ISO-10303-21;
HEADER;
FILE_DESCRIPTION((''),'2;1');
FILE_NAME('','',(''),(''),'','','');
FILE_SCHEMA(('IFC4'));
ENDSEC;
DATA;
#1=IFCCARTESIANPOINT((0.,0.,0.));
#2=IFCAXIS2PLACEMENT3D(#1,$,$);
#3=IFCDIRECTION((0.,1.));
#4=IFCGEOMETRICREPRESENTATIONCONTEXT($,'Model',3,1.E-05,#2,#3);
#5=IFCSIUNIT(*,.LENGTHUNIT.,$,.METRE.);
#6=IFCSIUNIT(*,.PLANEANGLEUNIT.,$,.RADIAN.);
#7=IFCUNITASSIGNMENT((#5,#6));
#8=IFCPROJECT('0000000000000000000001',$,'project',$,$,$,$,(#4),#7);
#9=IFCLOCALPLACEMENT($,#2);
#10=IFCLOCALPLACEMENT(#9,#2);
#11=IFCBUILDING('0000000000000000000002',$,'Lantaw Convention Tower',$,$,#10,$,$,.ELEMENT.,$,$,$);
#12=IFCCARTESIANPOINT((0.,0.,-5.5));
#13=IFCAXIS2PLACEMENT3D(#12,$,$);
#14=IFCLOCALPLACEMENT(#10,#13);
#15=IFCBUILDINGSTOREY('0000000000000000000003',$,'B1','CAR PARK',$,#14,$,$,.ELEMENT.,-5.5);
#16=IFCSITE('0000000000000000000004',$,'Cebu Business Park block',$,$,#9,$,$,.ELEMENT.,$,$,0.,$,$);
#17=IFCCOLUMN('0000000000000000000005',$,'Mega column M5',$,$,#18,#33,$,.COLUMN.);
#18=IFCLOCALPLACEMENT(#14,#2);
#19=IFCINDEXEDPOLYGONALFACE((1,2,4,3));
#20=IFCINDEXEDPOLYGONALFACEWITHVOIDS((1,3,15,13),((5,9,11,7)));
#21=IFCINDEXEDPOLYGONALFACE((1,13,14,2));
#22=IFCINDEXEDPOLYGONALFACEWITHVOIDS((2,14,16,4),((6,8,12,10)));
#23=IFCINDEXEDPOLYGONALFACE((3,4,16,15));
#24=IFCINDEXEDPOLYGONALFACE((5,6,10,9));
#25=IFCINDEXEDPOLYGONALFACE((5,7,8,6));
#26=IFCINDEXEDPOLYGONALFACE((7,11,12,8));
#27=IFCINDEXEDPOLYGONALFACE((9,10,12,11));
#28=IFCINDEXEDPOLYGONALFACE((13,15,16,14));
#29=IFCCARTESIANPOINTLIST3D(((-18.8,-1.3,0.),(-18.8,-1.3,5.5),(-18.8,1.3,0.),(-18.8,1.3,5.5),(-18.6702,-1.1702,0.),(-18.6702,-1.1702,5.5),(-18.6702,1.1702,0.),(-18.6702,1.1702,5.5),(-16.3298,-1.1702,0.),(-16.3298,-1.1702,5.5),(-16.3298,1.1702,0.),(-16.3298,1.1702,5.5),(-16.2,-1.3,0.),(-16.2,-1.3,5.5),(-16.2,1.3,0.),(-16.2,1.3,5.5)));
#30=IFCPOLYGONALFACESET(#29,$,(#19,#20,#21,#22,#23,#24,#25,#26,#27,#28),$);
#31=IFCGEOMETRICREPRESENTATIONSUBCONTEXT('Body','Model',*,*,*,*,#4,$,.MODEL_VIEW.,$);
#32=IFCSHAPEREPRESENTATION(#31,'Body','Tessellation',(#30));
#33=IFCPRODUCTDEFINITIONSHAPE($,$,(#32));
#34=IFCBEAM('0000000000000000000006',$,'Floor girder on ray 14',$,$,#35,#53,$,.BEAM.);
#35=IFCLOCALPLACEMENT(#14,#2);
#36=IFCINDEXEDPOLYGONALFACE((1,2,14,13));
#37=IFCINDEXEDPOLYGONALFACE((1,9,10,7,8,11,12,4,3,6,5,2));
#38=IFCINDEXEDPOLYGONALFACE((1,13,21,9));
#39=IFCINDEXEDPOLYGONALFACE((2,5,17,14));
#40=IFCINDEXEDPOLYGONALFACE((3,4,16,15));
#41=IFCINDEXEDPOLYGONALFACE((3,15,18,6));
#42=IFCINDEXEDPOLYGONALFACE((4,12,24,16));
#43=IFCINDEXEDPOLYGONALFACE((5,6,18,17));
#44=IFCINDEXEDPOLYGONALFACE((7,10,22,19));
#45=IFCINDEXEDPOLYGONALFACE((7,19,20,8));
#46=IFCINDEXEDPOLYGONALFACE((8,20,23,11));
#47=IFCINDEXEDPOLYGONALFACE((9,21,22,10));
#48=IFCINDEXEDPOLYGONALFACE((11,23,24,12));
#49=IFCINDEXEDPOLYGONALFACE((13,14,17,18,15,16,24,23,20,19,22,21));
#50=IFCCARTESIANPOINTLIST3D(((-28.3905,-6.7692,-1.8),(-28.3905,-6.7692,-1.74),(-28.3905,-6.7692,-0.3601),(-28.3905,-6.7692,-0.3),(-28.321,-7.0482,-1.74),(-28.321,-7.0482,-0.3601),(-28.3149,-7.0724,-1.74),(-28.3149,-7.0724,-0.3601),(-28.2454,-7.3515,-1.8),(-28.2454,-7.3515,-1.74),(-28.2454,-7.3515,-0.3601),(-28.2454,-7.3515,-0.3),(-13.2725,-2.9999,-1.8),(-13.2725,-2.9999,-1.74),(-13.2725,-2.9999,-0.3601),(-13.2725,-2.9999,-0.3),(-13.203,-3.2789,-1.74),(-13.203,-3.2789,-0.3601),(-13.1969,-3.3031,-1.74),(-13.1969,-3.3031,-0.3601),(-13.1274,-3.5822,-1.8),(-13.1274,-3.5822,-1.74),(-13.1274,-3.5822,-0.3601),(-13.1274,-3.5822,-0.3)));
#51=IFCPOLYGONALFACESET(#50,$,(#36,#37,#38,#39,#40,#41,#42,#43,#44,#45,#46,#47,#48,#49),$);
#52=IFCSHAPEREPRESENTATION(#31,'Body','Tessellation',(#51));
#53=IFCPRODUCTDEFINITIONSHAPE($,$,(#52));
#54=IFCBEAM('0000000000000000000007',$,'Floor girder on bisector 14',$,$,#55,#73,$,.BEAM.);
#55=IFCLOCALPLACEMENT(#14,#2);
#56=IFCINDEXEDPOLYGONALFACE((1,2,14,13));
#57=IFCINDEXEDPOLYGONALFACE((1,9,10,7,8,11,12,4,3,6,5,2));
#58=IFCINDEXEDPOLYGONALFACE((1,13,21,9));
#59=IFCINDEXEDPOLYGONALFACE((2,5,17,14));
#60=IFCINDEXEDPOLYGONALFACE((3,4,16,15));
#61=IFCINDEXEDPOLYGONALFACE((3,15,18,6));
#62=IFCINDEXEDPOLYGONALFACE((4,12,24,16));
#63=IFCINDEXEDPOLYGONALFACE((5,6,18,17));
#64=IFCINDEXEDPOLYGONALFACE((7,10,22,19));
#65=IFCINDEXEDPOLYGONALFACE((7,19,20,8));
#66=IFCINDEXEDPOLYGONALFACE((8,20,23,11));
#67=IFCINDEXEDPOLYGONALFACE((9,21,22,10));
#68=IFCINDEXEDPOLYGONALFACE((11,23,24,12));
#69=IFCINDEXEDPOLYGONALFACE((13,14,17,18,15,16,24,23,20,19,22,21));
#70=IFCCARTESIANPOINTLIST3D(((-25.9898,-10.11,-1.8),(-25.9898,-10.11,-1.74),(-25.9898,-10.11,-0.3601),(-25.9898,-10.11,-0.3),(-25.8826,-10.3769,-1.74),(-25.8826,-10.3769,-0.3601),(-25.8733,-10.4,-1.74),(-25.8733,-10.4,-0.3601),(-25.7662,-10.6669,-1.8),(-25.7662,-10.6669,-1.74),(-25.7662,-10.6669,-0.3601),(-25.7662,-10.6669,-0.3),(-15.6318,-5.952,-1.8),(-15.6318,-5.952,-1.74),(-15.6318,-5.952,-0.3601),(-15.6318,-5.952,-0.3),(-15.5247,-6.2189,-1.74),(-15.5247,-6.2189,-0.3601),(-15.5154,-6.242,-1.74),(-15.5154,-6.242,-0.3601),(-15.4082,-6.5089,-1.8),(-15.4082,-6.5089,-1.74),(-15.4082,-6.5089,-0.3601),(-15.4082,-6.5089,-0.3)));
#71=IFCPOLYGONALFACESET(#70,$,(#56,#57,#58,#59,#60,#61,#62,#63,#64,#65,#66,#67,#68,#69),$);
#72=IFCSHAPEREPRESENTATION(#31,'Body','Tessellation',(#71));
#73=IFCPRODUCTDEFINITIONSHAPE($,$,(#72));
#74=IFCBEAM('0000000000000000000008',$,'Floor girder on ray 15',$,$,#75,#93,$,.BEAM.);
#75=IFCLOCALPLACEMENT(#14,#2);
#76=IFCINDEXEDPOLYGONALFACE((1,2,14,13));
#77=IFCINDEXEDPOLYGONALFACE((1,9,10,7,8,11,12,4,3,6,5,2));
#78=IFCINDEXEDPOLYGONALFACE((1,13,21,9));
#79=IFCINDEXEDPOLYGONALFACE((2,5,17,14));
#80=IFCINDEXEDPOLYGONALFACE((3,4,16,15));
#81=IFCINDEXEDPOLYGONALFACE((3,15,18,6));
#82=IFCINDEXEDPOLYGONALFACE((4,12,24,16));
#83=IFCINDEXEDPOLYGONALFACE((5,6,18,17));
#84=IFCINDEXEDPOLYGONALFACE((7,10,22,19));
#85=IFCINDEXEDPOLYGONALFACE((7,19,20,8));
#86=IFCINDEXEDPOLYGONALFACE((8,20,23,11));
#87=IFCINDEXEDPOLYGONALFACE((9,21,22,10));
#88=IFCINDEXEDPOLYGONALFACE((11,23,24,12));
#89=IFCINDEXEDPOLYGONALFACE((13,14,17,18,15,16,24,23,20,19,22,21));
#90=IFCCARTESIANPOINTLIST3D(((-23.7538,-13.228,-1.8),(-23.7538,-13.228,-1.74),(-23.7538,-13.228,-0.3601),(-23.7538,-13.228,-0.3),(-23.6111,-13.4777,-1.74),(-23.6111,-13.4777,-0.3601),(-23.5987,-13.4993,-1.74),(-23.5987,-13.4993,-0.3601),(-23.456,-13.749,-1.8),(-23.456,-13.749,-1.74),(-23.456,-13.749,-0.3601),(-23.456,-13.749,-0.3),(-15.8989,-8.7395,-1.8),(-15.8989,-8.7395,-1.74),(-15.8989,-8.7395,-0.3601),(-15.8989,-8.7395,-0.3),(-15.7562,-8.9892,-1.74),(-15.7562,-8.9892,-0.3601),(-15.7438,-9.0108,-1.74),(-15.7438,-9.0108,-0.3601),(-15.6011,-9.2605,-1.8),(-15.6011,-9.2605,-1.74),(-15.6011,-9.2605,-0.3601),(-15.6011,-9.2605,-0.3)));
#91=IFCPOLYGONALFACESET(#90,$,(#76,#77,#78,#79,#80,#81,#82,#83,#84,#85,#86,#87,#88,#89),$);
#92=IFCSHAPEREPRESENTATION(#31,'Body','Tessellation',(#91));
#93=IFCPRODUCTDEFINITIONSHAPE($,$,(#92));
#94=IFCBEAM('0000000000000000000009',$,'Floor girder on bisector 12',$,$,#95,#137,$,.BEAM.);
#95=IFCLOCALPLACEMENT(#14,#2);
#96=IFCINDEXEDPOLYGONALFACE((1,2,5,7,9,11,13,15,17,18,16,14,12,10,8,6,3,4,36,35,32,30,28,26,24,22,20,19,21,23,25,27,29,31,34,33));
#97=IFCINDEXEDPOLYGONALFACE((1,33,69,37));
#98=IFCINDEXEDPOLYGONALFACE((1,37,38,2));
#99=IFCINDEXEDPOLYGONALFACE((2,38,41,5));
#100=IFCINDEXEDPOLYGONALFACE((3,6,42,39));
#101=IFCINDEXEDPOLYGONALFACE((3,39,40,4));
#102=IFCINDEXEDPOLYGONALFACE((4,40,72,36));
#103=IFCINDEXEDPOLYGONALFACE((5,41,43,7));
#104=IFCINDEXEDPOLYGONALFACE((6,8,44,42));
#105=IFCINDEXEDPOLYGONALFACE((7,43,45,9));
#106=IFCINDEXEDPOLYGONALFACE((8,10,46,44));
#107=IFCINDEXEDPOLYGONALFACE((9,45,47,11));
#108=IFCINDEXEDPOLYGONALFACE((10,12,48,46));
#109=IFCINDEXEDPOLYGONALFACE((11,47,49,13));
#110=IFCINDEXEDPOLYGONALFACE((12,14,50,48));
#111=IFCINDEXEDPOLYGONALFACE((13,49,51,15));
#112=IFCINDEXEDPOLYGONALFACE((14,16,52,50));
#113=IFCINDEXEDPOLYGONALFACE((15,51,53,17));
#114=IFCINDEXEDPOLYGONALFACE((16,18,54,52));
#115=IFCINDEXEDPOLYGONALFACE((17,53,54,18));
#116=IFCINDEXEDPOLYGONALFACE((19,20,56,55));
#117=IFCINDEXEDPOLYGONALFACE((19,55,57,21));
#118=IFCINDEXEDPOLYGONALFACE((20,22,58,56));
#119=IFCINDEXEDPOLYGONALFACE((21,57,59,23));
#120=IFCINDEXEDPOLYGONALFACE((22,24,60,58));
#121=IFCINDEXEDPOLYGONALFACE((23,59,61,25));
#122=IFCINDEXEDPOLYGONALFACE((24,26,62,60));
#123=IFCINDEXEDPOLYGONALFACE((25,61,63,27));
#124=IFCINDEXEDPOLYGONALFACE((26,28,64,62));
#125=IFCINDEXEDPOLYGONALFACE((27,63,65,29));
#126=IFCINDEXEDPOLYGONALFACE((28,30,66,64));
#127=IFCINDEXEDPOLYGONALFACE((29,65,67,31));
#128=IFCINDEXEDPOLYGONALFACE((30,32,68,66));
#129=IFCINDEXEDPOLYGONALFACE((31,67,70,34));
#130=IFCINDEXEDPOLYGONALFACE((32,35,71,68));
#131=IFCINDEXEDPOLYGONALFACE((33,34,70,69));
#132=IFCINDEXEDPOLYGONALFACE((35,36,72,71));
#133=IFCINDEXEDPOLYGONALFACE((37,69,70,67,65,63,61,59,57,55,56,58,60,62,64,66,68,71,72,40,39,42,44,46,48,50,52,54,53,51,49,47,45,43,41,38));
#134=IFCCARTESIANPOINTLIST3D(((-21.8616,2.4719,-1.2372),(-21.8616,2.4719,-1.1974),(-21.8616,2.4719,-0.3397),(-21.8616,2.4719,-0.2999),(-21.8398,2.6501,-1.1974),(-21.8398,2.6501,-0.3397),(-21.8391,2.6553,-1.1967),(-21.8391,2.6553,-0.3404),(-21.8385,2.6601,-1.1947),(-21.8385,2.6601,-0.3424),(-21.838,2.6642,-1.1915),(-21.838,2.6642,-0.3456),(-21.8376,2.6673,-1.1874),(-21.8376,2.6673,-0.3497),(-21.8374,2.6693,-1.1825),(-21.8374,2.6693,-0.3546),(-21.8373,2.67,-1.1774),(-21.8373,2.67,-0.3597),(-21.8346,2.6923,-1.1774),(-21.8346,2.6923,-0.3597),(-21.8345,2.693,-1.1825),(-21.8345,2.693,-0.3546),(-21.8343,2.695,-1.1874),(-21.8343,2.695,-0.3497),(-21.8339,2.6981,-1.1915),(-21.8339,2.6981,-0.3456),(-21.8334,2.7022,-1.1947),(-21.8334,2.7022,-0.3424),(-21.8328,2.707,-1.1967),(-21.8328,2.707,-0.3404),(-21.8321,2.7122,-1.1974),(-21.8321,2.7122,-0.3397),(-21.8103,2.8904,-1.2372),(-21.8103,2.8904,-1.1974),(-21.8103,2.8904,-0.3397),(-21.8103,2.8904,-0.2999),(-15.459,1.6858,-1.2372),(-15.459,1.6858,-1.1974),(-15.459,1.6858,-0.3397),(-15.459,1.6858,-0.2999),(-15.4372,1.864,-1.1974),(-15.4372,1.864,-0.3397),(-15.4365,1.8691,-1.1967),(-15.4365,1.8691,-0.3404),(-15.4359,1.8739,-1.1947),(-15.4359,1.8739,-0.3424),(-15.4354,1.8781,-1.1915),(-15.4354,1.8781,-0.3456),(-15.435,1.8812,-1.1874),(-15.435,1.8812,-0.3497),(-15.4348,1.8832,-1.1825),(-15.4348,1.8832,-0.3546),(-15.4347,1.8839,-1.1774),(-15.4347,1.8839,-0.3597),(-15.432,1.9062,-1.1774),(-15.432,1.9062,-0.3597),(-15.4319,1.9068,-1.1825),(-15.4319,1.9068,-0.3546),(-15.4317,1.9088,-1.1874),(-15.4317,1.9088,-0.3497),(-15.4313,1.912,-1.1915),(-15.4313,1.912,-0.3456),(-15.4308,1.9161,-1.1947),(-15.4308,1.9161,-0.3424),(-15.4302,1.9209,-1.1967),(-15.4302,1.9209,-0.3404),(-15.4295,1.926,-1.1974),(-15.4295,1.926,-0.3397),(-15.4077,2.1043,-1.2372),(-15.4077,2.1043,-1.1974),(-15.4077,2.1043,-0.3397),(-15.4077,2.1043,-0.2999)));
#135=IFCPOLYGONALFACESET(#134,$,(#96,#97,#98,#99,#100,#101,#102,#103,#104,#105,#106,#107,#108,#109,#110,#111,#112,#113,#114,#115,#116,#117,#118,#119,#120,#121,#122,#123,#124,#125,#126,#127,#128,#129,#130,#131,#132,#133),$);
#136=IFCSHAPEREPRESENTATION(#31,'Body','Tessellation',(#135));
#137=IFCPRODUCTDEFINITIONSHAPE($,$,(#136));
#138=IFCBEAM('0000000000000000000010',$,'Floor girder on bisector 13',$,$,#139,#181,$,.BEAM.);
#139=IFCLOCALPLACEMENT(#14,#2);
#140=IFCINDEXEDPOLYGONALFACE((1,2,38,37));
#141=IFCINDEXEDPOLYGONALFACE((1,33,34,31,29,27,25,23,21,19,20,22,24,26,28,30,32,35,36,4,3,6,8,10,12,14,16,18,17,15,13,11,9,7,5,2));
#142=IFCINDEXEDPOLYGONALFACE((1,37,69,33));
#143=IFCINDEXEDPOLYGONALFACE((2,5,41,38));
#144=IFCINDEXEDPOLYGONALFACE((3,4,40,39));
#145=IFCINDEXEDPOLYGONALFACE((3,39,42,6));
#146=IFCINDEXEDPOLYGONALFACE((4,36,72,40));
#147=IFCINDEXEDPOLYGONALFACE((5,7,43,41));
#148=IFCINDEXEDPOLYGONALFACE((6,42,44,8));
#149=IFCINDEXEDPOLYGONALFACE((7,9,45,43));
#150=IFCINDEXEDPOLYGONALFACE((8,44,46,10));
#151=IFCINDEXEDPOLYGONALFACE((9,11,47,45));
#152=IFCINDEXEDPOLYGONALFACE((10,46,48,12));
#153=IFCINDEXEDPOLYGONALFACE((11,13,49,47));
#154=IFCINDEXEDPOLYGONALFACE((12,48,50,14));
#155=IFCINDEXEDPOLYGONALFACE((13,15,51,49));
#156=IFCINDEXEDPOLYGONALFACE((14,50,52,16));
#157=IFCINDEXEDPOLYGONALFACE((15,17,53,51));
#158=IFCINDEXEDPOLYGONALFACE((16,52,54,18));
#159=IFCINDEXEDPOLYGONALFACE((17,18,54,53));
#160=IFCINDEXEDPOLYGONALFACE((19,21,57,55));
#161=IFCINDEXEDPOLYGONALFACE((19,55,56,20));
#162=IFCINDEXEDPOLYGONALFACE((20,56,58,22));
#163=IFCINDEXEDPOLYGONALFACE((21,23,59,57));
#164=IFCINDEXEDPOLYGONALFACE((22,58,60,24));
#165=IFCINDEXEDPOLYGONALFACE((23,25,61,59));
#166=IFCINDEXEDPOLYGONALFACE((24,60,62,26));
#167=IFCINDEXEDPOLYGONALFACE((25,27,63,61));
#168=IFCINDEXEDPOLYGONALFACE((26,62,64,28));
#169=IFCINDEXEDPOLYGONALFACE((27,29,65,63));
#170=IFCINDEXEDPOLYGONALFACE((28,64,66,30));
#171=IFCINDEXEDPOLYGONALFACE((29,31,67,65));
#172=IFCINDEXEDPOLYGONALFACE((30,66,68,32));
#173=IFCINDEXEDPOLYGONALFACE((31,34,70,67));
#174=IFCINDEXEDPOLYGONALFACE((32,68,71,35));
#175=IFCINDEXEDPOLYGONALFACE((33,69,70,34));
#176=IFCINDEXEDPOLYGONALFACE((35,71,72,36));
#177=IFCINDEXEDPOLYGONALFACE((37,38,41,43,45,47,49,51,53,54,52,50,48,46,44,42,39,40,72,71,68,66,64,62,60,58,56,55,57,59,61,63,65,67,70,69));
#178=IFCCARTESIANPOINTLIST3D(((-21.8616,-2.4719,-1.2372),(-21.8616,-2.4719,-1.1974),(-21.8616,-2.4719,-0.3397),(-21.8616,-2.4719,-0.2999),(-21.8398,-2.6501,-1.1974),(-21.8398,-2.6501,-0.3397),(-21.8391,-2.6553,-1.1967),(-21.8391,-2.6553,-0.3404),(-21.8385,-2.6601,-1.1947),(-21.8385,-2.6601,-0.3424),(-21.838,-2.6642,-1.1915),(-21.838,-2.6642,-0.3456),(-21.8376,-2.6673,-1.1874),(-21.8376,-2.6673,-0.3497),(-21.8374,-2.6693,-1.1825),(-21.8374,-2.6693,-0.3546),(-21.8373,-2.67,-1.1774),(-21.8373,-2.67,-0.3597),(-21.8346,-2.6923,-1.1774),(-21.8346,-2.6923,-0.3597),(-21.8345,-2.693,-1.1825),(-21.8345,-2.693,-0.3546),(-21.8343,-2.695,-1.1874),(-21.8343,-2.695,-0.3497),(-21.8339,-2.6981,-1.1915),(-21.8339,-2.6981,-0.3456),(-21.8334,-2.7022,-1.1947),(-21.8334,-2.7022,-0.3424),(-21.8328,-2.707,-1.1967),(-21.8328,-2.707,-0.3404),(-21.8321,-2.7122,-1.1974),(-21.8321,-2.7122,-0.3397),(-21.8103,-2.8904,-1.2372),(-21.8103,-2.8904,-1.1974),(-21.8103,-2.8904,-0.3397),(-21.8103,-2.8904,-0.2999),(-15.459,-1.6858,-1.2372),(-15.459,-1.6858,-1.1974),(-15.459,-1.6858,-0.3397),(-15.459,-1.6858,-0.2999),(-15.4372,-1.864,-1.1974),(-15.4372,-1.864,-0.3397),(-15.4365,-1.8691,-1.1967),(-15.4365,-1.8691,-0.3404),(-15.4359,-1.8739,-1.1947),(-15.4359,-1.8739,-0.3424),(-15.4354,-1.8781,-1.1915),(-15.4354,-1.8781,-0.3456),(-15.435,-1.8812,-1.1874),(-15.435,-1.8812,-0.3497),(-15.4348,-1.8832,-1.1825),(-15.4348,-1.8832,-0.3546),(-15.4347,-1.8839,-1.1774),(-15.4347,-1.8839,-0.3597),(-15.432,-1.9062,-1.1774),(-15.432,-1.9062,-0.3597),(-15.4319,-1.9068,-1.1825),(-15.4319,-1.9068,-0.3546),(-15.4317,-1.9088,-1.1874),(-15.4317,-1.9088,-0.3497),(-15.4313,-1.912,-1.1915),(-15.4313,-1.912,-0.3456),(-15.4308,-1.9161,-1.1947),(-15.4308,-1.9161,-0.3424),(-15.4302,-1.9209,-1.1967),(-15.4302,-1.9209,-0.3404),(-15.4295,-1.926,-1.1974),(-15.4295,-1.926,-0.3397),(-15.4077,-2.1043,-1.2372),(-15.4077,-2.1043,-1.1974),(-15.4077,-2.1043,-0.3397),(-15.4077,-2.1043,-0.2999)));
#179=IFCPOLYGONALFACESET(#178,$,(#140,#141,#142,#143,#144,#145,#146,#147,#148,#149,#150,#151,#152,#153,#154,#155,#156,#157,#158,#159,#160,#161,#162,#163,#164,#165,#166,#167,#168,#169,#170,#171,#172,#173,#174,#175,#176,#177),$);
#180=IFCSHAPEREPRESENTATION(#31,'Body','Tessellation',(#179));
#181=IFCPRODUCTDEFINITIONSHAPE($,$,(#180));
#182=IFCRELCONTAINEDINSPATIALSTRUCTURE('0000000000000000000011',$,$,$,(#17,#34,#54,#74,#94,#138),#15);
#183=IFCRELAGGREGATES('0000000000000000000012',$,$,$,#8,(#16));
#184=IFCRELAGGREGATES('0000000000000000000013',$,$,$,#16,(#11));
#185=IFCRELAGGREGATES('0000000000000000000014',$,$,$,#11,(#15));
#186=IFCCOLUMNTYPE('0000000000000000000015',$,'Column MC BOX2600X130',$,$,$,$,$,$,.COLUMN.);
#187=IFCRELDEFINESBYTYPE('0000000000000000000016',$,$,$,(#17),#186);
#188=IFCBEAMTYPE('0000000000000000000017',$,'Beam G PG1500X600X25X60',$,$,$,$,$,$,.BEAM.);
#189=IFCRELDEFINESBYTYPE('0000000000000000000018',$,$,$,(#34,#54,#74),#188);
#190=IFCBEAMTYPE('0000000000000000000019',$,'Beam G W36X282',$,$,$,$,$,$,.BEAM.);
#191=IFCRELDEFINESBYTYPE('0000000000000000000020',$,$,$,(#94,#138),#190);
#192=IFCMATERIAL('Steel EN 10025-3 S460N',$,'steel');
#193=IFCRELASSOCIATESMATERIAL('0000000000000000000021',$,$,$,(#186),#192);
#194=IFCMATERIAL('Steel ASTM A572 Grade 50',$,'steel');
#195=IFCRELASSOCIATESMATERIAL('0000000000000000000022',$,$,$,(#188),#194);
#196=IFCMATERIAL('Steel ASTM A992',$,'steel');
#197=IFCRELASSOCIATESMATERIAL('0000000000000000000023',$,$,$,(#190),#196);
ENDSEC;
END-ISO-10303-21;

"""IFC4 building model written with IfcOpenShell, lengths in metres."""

from ifc_helpers import new_model, si_unit, direction, frame, origin, origin_2d, place, context, subcontext, project, spatial, rectangle, hollow_rectangle, i_section, extrude, material, material_profile, profile_set, type_object, element, save


model = new_model("IFC4")

# Units and contexts
model_context = context("Model", 3, precision=1e-05, world=origin(), true_north=direction((0.0, 1.0)))
body_context = subcontext(model_context, "Body", "Model", "MODEL_VIEW")
ifc_project = project(units=[si_unit("LENGTHUNIT", "METRE"), si_unit("PLANEANGLEUNIT", "RADIAN")], contexts=[model_context])

# Site, building, storey
site_placement = place(None, origin())
site = spatial("IfcSite", under=ifc_project, at=site_placement, Name="Cebu Business Park block", CompositionType="ELEMENT", RefElevation=0.0)
building_placement = place(site_placement, origin())
building = spatial("IfcBuilding", under=site, at=building_placement, Name="Lantaw Convention Tower", CompositionType="ELEMENT")
storey_placement = place(building_placement, frame((0.0, 0.0, -5.5)))
storey = spatial("IfcBuildingStorey", under=building, at=storey_placement, Name="B1", Description="CAR PARK", CompositionType="ELEMENT", Elevation=-5.5)

# Column
ifc_material_1 = material(Name="Steel EN 10025-3 S460N", Category="steel")
ifc_material_profile_1 = material_profile(ifc_material_1, hollow_rectangle(XDim=2.6001, YDim=2.6001, WallThickness=0.1299, at=origin_2d()), Name="BOX2600X130")
ifc_material_2 = material(Name="Concrete C60/75", Category="concrete")
ifc_material_profile_2 = material_profile(ifc_material_2, rectangle(XDim=2.3401, YDim=2.3401, at=origin_2d()), Name="Concrete fill of BOX2600X130")
ifc_profile_set_1 = profile_set([ifc_material_profile_1, ifc_material_profile_2], Name="Steel EN 10025-3 S460N")
column_type = type_object("IfcColumnType", Name="Column MC BOX2600X130", PredefinedType="COLUMN", material=ifc_profile_set_1)
column_placement = place(storey_placement, frame((-17.5, 0.0, 0.0), z_axis=(0.0, 0.0, 1.0), x_axis=(1.0, 0.0, 0.0)))
element("IfcColumn", 1, at=column_placement, inside=storey, type_object=column_type, Name="Mega column M5", PredefinedType="COLUMN", context=body_context, shape_type="SweptSolid", body=[
    extrude(hollow_rectangle(XDim=2.6001, YDim=2.6001, WallThickness=0.1299, at=origin_2d()), origin(), (0.0, 0.0, 1.0), 5.5),
])

# Beams
ifc_material_3 = material(Name="Steel ASTM A572 Grade 50", Category="steel")
ifc_material_profile_3 = material_profile(ifc_material_3, i_section(OverallWidth=0.6001, OverallDepth=1.5, WebThickness=0.0249, FlangeThickness=0.0601, at=origin_2d()), Name="PG1500X600X25X60")
ifc_profile_set_2 = profile_set([ifc_material_profile_3], Name="Steel ASTM A572 Grade 50")
beam_type_1 = type_object("IfcBeamType", Name="Beam G PG1500X600X25X60", PredefinedType="BEAM", material=ifc_profile_set_2)
beam_1_placement = place(storey_placement, frame((-13.2, -3.291, -1.05), z_axis=(-0.970296, -0.24192, 0.0), x_axis=(0.24192, -0.970296, 0.0)))
element("IfcBeam", 2, at=beam_1_placement, inside=storey, type_object=beam_type_1, Name="Floor girder on ray 14", PredefinedType="BEAM", context=body_context, shape_type="SweptSolid", body=[
    extrude(i_section(OverallWidth=0.6001, OverallDepth=1.5, WebThickness=0.0249, FlangeThickness=0.0601, at=origin_2d()), origin(), (0.0, 0.0, 1.0), 15.5808),
])
beam_2_placement = place(storey_placement, frame((-15.52, -6.2305, -1.05), z_axis=(-0.928019, -0.372533, 0.0), x_axis=(0.372533, -0.928019, 0.0)))
element("IfcBeam", 3, at=beam_2_placement, inside=storey, type_object=beam_type_1, Name="Floor girder on bisector 14", PredefinedType="BEAM", context=body_context, shape_type="SweptSolid", body=[
    extrude(i_section(OverallWidth=0.6001, OverallDepth=1.5, WebThickness=0.0249, FlangeThickness=0.0601, at=origin_2d()), origin(), (0.0, 0.0, 1.0), 11.1614),
])
beam_3_placement = place(storey_placement, frame((-15.75, -9.0, -1.05), z_axis=(-0.868245, -0.496136, 0.0), x_axis=(0.496136, -0.868245, 0.0)))
element("IfcBeam", 4, at=beam_3_placement, inside=storey, type_object=beam_type_1, Name="Floor girder on ray 15", PredefinedType="BEAM", context=body_context, shape_type="SweptSolid", body=[
    extrude(i_section(OverallWidth=0.6001, OverallDepth=1.5, WebThickness=0.0249, FlangeThickness=0.0601, at=origin_2d()), origin(), (0.0, 0.0, 1.0), 9.0469),
])
ifc_material_4 = material(Name="Steel ASTM A992", Category="steel")
ifc_material_profile_4 = material_profile(ifc_material_4, i_section(OverallWidth=0.4216, OverallDepth=0.9373, WebThickness=0.0225, FlangeThickness=0.0398, FilletRadius=0.02, at=origin_2d()), Name="W36X282")
ifc_profile_set_3 = profile_set([ifc_material_profile_4], Name="Steel ASTM A992")
beam_type_2 = type_object("IfcBeamType", Name="Beam G W36X282", PredefinedType="BEAM", material=ifc_profile_set_3)
for number, where, z_axis, x_axis, name in (
    (5, (-15.4333, 1.895, -0.7686), (-0.992546, 0.121868, 0.0), (-0.121868, -0.992546, 0.0), "Floor girder on bisector 12"),
    (6, (-15.4333, -1.895, -0.7686), (-0.992546, -0.121868, 0.0), (0.121868, -0.992546, 0.0), "Floor girder on bisector 13"),
):
    element("IfcBeam", number, at=place(storey_placement, frame(where, z_axis=z_axis, x_axis=x_axis)), inside=storey, type_object=beam_type_2, Name=name, PredefinedType="BEAM", context=body_context, shape_type="SweptSolid", body=[
        extrude(i_section(OverallWidth=0.4216, OverallDepth=0.9373, WebThickness=0.0225, FlangeThickness=0.0398, FilletRadius=0.02, at=origin_2d()), origin(), (0.0, 0.0, 1.0), 6.4507),
    ])

save(model, "model.ifc")
